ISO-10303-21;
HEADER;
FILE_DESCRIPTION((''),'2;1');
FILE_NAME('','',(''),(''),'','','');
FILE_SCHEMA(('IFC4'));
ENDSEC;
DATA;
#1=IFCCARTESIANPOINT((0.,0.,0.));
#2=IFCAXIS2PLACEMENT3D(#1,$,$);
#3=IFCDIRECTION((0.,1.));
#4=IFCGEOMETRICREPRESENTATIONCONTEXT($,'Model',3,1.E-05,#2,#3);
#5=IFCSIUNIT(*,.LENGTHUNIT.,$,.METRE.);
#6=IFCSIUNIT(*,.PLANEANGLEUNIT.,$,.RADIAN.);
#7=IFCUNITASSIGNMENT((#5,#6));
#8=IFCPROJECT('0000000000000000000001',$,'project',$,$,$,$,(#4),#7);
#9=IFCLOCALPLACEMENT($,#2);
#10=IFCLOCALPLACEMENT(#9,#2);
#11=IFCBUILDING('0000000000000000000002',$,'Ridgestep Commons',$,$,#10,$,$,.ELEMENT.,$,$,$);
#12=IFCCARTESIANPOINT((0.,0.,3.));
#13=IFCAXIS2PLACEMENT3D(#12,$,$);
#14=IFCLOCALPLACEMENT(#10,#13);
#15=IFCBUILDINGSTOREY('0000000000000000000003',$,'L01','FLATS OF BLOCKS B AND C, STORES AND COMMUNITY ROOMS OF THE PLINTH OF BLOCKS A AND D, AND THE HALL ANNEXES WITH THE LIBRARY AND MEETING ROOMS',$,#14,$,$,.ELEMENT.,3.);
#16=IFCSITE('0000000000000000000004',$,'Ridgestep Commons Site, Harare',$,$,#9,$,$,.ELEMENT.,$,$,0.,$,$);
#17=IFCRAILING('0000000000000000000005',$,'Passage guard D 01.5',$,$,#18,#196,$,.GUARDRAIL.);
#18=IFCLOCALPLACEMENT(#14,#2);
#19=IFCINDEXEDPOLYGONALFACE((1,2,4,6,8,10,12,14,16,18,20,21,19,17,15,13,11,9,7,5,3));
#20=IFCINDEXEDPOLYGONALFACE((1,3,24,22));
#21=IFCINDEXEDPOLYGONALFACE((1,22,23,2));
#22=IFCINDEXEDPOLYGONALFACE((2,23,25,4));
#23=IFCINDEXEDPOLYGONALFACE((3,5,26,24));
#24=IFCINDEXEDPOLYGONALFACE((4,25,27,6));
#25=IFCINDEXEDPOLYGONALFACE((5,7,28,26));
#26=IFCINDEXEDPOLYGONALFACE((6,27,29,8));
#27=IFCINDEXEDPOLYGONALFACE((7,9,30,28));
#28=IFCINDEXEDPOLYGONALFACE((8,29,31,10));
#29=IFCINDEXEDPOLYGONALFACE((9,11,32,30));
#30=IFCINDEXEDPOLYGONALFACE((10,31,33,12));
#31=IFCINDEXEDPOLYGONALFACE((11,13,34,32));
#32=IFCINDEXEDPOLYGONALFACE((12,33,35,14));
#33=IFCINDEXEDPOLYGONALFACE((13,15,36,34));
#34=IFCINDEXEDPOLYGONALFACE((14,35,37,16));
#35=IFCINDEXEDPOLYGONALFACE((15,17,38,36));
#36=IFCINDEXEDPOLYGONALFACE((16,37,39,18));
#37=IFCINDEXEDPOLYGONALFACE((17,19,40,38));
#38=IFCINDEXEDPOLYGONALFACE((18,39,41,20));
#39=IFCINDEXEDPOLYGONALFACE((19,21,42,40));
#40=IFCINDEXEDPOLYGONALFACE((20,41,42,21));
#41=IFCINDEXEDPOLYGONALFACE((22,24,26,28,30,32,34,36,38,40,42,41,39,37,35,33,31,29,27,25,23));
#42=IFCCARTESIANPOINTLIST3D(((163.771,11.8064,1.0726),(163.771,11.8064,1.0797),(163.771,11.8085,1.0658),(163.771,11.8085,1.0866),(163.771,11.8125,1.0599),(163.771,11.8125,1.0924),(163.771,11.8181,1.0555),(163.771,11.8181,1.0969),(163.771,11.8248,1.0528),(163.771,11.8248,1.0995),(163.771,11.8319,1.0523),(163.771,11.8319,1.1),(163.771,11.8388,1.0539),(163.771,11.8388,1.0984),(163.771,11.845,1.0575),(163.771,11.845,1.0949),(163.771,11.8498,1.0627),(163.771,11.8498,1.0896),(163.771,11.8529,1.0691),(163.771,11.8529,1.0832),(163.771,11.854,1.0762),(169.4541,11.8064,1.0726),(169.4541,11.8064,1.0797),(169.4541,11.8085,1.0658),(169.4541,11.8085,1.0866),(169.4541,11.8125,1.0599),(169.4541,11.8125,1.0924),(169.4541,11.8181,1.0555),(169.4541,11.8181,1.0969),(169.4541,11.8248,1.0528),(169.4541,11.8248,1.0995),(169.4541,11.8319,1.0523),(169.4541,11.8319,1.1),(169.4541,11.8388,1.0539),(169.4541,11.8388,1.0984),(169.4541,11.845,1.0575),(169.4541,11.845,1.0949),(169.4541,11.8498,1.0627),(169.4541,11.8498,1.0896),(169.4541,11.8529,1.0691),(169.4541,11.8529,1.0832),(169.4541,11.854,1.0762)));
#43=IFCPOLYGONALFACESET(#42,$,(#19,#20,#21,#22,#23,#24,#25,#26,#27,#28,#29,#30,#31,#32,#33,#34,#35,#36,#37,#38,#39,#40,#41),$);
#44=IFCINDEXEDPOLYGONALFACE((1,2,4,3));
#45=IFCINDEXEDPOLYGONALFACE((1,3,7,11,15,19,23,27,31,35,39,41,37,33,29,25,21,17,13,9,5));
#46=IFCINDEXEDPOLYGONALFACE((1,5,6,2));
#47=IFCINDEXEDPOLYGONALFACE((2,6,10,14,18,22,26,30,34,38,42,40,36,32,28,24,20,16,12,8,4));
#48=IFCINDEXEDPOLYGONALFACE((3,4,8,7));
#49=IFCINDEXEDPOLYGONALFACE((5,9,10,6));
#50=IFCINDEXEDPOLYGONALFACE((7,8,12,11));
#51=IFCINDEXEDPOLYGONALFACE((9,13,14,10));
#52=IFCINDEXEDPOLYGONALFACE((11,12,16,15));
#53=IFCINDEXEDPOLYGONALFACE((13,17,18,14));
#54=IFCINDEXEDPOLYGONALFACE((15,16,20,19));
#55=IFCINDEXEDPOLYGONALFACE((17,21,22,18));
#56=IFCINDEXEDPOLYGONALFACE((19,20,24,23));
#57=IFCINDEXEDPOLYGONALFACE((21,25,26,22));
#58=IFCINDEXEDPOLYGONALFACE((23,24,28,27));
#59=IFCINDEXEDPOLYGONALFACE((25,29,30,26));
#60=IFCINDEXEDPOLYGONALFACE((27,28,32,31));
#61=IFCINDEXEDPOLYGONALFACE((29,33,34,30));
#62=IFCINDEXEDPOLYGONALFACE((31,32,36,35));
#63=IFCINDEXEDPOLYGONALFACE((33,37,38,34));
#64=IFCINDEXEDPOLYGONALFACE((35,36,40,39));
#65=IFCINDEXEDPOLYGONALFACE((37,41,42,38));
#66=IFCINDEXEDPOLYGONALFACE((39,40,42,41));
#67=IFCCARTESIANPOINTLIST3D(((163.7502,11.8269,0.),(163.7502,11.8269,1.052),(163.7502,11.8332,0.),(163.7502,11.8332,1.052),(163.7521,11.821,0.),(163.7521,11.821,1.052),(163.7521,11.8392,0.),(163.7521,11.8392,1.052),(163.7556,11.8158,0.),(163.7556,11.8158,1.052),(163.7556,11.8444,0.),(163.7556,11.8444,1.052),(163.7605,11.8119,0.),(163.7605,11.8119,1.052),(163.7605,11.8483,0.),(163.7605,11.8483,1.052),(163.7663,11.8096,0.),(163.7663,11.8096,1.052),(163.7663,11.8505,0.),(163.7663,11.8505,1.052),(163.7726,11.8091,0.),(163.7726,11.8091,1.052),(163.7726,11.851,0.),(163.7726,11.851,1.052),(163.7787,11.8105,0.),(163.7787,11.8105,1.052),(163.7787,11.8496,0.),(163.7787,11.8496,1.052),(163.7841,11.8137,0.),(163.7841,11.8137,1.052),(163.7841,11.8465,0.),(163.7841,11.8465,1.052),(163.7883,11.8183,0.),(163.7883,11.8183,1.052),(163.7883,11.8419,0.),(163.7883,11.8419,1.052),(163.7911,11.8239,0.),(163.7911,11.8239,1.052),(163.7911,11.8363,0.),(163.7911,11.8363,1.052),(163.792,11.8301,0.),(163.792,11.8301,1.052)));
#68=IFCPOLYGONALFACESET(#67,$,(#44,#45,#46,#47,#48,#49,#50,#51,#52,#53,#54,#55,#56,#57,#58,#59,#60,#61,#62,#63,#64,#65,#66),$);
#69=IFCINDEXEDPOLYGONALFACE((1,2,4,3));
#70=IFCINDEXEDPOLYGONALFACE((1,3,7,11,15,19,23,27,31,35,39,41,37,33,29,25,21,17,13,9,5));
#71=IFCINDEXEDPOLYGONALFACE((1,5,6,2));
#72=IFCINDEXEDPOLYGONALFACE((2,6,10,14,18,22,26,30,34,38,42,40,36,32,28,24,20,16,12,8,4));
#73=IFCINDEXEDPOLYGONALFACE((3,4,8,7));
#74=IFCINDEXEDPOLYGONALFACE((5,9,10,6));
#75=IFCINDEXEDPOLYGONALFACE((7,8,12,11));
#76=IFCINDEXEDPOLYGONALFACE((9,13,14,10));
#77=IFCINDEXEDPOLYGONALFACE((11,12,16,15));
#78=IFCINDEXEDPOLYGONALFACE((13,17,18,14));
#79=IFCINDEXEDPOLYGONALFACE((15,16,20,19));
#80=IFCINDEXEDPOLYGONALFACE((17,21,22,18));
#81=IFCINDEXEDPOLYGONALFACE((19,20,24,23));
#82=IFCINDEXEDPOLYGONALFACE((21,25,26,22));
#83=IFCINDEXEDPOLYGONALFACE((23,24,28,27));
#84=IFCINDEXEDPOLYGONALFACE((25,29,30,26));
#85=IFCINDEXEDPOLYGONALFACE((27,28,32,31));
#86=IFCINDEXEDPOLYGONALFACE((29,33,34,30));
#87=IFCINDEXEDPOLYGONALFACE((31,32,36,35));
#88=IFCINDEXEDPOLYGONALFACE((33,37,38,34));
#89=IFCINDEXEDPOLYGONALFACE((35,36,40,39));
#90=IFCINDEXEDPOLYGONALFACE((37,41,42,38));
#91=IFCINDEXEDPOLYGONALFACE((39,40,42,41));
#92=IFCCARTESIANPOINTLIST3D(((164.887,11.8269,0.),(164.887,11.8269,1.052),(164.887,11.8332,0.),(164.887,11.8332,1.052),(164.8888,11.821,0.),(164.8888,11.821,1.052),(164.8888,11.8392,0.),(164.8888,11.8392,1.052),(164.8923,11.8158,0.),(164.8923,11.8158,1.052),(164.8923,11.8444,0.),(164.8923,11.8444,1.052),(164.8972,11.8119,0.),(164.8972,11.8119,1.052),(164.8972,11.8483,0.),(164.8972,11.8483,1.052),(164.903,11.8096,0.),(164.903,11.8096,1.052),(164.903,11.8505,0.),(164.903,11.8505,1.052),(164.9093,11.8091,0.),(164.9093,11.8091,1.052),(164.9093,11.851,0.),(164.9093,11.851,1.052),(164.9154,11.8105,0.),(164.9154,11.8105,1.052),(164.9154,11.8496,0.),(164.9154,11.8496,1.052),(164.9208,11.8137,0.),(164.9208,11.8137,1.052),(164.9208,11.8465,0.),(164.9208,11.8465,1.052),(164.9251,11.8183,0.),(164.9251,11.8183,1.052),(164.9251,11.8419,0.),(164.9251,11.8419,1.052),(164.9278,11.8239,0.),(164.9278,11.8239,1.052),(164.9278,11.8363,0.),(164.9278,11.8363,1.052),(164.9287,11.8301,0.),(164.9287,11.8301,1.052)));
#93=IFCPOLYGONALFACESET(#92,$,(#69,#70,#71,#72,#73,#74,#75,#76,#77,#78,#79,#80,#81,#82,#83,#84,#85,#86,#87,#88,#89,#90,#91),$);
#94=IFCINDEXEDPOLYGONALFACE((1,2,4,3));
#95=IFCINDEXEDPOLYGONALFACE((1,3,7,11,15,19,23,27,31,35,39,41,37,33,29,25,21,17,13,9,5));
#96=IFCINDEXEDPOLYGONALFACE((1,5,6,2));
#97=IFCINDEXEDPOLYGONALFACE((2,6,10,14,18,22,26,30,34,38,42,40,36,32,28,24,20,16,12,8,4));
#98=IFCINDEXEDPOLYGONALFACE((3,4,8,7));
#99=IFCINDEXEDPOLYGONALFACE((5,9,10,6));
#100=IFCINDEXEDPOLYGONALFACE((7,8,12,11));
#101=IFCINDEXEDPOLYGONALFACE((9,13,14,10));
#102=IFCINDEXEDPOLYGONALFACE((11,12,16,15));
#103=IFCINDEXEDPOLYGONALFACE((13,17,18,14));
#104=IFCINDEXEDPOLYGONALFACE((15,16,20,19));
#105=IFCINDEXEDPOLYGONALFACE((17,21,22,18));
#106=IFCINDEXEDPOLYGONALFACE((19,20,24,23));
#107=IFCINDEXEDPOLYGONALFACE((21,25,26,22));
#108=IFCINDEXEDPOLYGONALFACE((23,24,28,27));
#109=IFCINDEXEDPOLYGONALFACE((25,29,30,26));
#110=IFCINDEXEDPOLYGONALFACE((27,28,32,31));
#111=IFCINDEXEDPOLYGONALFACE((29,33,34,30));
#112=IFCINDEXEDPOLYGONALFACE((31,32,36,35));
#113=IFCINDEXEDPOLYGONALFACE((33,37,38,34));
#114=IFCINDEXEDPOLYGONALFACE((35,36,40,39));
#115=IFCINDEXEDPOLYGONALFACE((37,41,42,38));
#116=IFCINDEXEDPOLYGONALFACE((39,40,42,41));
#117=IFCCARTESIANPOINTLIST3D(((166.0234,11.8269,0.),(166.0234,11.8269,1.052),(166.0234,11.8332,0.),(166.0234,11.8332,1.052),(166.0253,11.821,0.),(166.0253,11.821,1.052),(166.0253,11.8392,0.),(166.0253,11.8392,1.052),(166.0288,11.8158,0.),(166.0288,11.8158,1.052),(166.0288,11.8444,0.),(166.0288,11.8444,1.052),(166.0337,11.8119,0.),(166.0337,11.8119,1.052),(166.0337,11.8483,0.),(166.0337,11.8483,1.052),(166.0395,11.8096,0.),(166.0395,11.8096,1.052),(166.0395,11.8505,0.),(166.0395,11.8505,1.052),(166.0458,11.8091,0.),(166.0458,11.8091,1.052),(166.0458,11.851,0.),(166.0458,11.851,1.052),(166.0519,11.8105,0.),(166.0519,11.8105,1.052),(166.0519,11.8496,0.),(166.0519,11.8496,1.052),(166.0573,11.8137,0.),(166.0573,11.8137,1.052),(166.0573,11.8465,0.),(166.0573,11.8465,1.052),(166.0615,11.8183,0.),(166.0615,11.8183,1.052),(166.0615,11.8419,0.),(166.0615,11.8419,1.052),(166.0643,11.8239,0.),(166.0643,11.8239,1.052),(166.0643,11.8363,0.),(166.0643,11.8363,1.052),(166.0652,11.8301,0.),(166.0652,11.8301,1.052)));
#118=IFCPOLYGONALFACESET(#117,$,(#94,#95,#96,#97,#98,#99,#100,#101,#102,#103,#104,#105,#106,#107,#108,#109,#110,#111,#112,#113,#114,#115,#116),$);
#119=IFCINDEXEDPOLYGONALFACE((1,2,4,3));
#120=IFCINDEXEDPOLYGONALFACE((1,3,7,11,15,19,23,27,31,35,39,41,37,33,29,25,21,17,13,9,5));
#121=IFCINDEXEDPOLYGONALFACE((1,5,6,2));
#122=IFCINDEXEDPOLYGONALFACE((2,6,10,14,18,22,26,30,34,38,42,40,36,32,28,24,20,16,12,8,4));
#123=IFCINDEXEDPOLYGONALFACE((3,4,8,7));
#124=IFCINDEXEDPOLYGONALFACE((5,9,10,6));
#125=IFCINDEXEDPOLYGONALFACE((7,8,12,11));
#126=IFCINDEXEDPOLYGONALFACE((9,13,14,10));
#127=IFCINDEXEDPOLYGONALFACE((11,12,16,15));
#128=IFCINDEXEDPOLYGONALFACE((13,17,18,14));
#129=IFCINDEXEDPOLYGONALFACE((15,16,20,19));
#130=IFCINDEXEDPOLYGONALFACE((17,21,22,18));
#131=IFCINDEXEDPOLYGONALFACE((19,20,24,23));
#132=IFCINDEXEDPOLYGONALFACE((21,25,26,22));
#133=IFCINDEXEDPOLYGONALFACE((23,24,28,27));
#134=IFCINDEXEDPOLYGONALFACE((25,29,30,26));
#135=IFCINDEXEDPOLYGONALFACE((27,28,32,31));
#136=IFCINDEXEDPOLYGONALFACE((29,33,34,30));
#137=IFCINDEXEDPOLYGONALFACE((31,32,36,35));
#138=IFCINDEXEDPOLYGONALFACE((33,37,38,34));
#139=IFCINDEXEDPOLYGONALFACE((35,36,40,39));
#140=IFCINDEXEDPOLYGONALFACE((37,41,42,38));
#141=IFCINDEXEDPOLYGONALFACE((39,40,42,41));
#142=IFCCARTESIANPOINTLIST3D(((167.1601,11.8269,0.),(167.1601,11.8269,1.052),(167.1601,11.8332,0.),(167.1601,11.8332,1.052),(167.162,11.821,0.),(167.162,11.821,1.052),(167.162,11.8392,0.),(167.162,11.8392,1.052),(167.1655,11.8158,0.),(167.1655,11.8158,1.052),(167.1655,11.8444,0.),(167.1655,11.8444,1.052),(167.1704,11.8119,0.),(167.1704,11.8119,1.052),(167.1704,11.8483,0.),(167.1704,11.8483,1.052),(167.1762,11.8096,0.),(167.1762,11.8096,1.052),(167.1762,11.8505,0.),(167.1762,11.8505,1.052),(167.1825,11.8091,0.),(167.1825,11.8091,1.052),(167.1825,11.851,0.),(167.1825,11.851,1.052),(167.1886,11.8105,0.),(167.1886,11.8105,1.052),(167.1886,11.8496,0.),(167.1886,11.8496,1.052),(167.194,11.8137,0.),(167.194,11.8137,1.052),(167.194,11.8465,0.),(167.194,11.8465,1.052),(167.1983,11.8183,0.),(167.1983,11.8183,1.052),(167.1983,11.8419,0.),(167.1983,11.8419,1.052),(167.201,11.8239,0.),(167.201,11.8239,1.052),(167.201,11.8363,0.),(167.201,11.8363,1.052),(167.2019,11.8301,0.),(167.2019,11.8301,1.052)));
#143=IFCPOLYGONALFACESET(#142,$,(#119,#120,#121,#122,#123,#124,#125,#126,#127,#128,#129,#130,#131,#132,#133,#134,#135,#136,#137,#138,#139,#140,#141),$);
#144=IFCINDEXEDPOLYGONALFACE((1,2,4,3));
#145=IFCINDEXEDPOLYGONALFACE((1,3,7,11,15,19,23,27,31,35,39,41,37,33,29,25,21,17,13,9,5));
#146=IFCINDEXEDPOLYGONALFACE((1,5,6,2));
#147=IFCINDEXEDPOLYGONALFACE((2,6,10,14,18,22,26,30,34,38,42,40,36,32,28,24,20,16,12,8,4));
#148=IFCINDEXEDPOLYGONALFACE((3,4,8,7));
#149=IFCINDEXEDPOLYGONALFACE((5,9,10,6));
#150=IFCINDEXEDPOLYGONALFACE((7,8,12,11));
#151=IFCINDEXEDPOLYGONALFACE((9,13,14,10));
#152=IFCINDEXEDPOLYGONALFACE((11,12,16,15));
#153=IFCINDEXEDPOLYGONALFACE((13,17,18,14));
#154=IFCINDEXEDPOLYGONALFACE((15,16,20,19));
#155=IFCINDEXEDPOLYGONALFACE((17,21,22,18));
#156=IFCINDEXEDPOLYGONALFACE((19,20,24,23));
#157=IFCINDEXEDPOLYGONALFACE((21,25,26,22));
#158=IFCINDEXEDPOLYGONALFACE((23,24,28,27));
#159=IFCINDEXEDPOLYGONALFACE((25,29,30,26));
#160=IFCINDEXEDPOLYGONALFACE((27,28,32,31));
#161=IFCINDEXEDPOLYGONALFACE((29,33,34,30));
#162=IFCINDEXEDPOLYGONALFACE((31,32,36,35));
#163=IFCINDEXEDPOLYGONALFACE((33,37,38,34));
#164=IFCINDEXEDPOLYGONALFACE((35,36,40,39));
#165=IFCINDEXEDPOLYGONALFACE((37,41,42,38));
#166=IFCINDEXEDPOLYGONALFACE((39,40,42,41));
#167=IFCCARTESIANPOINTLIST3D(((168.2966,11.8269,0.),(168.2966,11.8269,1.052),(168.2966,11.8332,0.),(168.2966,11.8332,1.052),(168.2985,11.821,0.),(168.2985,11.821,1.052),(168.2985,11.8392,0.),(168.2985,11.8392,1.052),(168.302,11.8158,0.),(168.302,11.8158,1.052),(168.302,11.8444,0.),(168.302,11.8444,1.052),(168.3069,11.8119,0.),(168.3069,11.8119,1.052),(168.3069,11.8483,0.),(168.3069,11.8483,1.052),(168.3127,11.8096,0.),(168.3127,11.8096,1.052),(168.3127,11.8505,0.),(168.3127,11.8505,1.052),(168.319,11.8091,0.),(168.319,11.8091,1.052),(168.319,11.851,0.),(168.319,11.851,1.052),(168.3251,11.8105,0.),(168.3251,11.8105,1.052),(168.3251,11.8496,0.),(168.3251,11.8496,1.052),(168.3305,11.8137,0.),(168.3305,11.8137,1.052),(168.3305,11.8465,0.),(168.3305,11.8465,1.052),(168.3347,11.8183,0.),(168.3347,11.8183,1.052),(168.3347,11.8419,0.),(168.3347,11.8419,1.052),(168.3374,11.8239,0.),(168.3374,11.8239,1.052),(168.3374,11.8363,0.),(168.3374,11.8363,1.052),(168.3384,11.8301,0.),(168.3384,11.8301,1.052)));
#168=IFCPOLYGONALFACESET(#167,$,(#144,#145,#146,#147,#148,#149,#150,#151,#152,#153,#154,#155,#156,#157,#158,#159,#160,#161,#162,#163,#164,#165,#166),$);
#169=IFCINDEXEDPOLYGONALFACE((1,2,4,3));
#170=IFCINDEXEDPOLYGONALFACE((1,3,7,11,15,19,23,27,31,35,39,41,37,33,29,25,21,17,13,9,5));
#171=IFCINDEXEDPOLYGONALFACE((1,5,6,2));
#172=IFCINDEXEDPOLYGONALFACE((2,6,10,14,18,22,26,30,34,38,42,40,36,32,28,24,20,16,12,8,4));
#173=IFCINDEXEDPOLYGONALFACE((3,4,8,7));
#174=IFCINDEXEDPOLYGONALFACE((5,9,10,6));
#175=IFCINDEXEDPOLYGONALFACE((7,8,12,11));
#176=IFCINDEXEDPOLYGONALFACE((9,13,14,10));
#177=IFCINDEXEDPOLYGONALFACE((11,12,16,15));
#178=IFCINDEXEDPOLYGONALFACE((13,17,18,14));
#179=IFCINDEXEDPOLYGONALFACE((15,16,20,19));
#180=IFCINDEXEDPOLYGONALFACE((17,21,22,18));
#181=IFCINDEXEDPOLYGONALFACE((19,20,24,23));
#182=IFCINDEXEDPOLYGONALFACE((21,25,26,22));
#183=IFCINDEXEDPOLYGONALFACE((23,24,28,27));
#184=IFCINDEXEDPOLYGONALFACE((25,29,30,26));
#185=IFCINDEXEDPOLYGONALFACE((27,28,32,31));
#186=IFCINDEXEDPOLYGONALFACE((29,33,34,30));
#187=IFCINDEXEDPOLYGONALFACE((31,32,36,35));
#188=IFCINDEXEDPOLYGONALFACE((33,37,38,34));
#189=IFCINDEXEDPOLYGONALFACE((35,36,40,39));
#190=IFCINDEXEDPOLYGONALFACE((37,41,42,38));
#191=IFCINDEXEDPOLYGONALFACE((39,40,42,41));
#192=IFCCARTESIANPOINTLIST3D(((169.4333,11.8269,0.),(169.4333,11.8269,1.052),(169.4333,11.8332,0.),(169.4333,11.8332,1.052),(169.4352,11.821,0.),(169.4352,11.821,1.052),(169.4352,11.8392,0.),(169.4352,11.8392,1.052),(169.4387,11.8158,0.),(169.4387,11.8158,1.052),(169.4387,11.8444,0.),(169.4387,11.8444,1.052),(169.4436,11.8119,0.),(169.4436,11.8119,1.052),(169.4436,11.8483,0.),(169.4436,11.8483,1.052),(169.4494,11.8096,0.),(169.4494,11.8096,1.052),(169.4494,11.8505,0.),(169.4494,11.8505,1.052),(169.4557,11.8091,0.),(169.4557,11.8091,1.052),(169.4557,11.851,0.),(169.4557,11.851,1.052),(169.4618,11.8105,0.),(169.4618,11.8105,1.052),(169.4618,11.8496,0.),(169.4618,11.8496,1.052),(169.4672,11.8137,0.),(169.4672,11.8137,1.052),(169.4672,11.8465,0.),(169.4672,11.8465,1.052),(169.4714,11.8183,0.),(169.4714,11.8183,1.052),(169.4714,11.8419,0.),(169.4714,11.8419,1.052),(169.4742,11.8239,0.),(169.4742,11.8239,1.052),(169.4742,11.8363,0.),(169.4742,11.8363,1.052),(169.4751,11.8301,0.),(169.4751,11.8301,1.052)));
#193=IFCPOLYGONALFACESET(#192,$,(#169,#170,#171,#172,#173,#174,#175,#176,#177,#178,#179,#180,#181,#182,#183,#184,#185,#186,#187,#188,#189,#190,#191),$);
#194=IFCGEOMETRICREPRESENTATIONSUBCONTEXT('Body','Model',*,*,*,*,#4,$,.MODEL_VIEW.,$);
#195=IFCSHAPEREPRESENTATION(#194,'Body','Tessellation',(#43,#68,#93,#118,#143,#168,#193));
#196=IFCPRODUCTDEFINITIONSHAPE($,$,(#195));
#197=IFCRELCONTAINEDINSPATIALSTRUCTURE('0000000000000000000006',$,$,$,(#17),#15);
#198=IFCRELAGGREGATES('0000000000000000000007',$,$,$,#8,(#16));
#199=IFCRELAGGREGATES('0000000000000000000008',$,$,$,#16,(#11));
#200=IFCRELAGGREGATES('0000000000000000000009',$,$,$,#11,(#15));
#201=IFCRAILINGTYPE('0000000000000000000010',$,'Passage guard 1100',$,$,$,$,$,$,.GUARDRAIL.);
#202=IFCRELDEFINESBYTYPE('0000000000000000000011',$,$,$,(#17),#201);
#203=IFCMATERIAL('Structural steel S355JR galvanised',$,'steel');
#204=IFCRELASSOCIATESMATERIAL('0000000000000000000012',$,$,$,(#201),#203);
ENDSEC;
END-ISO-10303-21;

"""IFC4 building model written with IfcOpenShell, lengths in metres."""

from ifc_helpers import new_model, si_unit, direction, frame, origin, origin_2d, place, context, subcontext, project, spatial, circle, extrude, material, type_object, element, save


model = new_model("IFC4")

# Units and contexts
model_context = context("Model", 3, precision=1e-05, world=origin(), true_north=direction((0.0, 1.0)))
body_context = subcontext(model_context, "Body", "Model", "MODEL_VIEW")
ifc_project = project(units=[si_unit("LENGTHUNIT", "METRE"), si_unit("PLANEANGLEUNIT", "RADIAN")], contexts=[model_context])

# Site, building, storey
site_placement = place(None, origin())
site = spatial("IfcSite", under=ifc_project, at=site_placement, Name="Ridgestep Commons Site, Harare", CompositionType="ELEMENT", RefElevation=0.0)
building_placement = place(site_placement, origin())
building = spatial("IfcBuilding", under=site, at=building_placement, Name="Ridgestep Commons", CompositionType="ELEMENT")
storey_placement = place(building_placement, frame((0.0, 0.0, 3.0)))
storey = spatial("IfcBuildingStorey", under=building, at=storey_placement, Name="L01", Description="FLATS OF BLOCKS B AND C, STORES AND COMMUNITY ROOMS OF THE PLINTH OF BLOCKS A AND D, AND THE HALL ANNEXES WITH THE LIBRARY AND MEETING ROOMS", CompositionType="ELEMENT", Elevation=3.0)

# Railing
ifc_material_1 = material(Name="Structural steel S355JR galvanised", Category="steel")
railing_type_1 = type_object("IfcRailingType", Name="Passage guard 1100", PredefinedType="GUARDRAIL", material=ifc_material_1)
railing_1_placement = place(storey_placement, frame((163.771, 11.8301, 0.0)))
element("IfcRailing", 1, at=railing_1_placement, inside=storey, type_object=railing_type_1, Name="Passage guard D 01.5", PredefinedType="GUARDRAIL", context=body_context, shape_type="SweptSolid", body=[
    extrude(circle(Radius=0.0239, at=origin_2d()), frame((0.0, 0.0, 1.0762), z_axis=(1.0, 0.0, 0.0), x_axis=(0.0, 1.0, 0.0)), (0.0, 0.0, 1.0), 5.6831),
    extrude(circle(Radius=0.021, at=origin_2d()), origin(), (0.0, 0.0, 1.0), 1.052),
    extrude(circle(Radius=0.021, at=origin_2d()), frame((1.1367, 0.0, 0.0)), (0.0, 0.0, 1.0), 1.052),
    extrude(circle(Radius=0.021, at=origin_2d()), frame((2.2732, 0.0, 0.0)), (0.0, 0.0, 1.0), 1.052),
    extrude(circle(Radius=0.021, at=origin_2d()), frame((3.4099, 0.0, 0.0)), (0.0, 0.0, 1.0), 1.052),
    extrude(circle(Radius=0.021, at=origin_2d()), frame((4.5464, 0.0, 0.0)), (0.0, 0.0, 1.0), 1.052),
    extrude(circle(Radius=0.021, at=origin_2d()), frame((5.6831, 0.0, 0.0)), (0.0, 0.0, 1.0), 1.052),
])

save(model, "model.ifc")
